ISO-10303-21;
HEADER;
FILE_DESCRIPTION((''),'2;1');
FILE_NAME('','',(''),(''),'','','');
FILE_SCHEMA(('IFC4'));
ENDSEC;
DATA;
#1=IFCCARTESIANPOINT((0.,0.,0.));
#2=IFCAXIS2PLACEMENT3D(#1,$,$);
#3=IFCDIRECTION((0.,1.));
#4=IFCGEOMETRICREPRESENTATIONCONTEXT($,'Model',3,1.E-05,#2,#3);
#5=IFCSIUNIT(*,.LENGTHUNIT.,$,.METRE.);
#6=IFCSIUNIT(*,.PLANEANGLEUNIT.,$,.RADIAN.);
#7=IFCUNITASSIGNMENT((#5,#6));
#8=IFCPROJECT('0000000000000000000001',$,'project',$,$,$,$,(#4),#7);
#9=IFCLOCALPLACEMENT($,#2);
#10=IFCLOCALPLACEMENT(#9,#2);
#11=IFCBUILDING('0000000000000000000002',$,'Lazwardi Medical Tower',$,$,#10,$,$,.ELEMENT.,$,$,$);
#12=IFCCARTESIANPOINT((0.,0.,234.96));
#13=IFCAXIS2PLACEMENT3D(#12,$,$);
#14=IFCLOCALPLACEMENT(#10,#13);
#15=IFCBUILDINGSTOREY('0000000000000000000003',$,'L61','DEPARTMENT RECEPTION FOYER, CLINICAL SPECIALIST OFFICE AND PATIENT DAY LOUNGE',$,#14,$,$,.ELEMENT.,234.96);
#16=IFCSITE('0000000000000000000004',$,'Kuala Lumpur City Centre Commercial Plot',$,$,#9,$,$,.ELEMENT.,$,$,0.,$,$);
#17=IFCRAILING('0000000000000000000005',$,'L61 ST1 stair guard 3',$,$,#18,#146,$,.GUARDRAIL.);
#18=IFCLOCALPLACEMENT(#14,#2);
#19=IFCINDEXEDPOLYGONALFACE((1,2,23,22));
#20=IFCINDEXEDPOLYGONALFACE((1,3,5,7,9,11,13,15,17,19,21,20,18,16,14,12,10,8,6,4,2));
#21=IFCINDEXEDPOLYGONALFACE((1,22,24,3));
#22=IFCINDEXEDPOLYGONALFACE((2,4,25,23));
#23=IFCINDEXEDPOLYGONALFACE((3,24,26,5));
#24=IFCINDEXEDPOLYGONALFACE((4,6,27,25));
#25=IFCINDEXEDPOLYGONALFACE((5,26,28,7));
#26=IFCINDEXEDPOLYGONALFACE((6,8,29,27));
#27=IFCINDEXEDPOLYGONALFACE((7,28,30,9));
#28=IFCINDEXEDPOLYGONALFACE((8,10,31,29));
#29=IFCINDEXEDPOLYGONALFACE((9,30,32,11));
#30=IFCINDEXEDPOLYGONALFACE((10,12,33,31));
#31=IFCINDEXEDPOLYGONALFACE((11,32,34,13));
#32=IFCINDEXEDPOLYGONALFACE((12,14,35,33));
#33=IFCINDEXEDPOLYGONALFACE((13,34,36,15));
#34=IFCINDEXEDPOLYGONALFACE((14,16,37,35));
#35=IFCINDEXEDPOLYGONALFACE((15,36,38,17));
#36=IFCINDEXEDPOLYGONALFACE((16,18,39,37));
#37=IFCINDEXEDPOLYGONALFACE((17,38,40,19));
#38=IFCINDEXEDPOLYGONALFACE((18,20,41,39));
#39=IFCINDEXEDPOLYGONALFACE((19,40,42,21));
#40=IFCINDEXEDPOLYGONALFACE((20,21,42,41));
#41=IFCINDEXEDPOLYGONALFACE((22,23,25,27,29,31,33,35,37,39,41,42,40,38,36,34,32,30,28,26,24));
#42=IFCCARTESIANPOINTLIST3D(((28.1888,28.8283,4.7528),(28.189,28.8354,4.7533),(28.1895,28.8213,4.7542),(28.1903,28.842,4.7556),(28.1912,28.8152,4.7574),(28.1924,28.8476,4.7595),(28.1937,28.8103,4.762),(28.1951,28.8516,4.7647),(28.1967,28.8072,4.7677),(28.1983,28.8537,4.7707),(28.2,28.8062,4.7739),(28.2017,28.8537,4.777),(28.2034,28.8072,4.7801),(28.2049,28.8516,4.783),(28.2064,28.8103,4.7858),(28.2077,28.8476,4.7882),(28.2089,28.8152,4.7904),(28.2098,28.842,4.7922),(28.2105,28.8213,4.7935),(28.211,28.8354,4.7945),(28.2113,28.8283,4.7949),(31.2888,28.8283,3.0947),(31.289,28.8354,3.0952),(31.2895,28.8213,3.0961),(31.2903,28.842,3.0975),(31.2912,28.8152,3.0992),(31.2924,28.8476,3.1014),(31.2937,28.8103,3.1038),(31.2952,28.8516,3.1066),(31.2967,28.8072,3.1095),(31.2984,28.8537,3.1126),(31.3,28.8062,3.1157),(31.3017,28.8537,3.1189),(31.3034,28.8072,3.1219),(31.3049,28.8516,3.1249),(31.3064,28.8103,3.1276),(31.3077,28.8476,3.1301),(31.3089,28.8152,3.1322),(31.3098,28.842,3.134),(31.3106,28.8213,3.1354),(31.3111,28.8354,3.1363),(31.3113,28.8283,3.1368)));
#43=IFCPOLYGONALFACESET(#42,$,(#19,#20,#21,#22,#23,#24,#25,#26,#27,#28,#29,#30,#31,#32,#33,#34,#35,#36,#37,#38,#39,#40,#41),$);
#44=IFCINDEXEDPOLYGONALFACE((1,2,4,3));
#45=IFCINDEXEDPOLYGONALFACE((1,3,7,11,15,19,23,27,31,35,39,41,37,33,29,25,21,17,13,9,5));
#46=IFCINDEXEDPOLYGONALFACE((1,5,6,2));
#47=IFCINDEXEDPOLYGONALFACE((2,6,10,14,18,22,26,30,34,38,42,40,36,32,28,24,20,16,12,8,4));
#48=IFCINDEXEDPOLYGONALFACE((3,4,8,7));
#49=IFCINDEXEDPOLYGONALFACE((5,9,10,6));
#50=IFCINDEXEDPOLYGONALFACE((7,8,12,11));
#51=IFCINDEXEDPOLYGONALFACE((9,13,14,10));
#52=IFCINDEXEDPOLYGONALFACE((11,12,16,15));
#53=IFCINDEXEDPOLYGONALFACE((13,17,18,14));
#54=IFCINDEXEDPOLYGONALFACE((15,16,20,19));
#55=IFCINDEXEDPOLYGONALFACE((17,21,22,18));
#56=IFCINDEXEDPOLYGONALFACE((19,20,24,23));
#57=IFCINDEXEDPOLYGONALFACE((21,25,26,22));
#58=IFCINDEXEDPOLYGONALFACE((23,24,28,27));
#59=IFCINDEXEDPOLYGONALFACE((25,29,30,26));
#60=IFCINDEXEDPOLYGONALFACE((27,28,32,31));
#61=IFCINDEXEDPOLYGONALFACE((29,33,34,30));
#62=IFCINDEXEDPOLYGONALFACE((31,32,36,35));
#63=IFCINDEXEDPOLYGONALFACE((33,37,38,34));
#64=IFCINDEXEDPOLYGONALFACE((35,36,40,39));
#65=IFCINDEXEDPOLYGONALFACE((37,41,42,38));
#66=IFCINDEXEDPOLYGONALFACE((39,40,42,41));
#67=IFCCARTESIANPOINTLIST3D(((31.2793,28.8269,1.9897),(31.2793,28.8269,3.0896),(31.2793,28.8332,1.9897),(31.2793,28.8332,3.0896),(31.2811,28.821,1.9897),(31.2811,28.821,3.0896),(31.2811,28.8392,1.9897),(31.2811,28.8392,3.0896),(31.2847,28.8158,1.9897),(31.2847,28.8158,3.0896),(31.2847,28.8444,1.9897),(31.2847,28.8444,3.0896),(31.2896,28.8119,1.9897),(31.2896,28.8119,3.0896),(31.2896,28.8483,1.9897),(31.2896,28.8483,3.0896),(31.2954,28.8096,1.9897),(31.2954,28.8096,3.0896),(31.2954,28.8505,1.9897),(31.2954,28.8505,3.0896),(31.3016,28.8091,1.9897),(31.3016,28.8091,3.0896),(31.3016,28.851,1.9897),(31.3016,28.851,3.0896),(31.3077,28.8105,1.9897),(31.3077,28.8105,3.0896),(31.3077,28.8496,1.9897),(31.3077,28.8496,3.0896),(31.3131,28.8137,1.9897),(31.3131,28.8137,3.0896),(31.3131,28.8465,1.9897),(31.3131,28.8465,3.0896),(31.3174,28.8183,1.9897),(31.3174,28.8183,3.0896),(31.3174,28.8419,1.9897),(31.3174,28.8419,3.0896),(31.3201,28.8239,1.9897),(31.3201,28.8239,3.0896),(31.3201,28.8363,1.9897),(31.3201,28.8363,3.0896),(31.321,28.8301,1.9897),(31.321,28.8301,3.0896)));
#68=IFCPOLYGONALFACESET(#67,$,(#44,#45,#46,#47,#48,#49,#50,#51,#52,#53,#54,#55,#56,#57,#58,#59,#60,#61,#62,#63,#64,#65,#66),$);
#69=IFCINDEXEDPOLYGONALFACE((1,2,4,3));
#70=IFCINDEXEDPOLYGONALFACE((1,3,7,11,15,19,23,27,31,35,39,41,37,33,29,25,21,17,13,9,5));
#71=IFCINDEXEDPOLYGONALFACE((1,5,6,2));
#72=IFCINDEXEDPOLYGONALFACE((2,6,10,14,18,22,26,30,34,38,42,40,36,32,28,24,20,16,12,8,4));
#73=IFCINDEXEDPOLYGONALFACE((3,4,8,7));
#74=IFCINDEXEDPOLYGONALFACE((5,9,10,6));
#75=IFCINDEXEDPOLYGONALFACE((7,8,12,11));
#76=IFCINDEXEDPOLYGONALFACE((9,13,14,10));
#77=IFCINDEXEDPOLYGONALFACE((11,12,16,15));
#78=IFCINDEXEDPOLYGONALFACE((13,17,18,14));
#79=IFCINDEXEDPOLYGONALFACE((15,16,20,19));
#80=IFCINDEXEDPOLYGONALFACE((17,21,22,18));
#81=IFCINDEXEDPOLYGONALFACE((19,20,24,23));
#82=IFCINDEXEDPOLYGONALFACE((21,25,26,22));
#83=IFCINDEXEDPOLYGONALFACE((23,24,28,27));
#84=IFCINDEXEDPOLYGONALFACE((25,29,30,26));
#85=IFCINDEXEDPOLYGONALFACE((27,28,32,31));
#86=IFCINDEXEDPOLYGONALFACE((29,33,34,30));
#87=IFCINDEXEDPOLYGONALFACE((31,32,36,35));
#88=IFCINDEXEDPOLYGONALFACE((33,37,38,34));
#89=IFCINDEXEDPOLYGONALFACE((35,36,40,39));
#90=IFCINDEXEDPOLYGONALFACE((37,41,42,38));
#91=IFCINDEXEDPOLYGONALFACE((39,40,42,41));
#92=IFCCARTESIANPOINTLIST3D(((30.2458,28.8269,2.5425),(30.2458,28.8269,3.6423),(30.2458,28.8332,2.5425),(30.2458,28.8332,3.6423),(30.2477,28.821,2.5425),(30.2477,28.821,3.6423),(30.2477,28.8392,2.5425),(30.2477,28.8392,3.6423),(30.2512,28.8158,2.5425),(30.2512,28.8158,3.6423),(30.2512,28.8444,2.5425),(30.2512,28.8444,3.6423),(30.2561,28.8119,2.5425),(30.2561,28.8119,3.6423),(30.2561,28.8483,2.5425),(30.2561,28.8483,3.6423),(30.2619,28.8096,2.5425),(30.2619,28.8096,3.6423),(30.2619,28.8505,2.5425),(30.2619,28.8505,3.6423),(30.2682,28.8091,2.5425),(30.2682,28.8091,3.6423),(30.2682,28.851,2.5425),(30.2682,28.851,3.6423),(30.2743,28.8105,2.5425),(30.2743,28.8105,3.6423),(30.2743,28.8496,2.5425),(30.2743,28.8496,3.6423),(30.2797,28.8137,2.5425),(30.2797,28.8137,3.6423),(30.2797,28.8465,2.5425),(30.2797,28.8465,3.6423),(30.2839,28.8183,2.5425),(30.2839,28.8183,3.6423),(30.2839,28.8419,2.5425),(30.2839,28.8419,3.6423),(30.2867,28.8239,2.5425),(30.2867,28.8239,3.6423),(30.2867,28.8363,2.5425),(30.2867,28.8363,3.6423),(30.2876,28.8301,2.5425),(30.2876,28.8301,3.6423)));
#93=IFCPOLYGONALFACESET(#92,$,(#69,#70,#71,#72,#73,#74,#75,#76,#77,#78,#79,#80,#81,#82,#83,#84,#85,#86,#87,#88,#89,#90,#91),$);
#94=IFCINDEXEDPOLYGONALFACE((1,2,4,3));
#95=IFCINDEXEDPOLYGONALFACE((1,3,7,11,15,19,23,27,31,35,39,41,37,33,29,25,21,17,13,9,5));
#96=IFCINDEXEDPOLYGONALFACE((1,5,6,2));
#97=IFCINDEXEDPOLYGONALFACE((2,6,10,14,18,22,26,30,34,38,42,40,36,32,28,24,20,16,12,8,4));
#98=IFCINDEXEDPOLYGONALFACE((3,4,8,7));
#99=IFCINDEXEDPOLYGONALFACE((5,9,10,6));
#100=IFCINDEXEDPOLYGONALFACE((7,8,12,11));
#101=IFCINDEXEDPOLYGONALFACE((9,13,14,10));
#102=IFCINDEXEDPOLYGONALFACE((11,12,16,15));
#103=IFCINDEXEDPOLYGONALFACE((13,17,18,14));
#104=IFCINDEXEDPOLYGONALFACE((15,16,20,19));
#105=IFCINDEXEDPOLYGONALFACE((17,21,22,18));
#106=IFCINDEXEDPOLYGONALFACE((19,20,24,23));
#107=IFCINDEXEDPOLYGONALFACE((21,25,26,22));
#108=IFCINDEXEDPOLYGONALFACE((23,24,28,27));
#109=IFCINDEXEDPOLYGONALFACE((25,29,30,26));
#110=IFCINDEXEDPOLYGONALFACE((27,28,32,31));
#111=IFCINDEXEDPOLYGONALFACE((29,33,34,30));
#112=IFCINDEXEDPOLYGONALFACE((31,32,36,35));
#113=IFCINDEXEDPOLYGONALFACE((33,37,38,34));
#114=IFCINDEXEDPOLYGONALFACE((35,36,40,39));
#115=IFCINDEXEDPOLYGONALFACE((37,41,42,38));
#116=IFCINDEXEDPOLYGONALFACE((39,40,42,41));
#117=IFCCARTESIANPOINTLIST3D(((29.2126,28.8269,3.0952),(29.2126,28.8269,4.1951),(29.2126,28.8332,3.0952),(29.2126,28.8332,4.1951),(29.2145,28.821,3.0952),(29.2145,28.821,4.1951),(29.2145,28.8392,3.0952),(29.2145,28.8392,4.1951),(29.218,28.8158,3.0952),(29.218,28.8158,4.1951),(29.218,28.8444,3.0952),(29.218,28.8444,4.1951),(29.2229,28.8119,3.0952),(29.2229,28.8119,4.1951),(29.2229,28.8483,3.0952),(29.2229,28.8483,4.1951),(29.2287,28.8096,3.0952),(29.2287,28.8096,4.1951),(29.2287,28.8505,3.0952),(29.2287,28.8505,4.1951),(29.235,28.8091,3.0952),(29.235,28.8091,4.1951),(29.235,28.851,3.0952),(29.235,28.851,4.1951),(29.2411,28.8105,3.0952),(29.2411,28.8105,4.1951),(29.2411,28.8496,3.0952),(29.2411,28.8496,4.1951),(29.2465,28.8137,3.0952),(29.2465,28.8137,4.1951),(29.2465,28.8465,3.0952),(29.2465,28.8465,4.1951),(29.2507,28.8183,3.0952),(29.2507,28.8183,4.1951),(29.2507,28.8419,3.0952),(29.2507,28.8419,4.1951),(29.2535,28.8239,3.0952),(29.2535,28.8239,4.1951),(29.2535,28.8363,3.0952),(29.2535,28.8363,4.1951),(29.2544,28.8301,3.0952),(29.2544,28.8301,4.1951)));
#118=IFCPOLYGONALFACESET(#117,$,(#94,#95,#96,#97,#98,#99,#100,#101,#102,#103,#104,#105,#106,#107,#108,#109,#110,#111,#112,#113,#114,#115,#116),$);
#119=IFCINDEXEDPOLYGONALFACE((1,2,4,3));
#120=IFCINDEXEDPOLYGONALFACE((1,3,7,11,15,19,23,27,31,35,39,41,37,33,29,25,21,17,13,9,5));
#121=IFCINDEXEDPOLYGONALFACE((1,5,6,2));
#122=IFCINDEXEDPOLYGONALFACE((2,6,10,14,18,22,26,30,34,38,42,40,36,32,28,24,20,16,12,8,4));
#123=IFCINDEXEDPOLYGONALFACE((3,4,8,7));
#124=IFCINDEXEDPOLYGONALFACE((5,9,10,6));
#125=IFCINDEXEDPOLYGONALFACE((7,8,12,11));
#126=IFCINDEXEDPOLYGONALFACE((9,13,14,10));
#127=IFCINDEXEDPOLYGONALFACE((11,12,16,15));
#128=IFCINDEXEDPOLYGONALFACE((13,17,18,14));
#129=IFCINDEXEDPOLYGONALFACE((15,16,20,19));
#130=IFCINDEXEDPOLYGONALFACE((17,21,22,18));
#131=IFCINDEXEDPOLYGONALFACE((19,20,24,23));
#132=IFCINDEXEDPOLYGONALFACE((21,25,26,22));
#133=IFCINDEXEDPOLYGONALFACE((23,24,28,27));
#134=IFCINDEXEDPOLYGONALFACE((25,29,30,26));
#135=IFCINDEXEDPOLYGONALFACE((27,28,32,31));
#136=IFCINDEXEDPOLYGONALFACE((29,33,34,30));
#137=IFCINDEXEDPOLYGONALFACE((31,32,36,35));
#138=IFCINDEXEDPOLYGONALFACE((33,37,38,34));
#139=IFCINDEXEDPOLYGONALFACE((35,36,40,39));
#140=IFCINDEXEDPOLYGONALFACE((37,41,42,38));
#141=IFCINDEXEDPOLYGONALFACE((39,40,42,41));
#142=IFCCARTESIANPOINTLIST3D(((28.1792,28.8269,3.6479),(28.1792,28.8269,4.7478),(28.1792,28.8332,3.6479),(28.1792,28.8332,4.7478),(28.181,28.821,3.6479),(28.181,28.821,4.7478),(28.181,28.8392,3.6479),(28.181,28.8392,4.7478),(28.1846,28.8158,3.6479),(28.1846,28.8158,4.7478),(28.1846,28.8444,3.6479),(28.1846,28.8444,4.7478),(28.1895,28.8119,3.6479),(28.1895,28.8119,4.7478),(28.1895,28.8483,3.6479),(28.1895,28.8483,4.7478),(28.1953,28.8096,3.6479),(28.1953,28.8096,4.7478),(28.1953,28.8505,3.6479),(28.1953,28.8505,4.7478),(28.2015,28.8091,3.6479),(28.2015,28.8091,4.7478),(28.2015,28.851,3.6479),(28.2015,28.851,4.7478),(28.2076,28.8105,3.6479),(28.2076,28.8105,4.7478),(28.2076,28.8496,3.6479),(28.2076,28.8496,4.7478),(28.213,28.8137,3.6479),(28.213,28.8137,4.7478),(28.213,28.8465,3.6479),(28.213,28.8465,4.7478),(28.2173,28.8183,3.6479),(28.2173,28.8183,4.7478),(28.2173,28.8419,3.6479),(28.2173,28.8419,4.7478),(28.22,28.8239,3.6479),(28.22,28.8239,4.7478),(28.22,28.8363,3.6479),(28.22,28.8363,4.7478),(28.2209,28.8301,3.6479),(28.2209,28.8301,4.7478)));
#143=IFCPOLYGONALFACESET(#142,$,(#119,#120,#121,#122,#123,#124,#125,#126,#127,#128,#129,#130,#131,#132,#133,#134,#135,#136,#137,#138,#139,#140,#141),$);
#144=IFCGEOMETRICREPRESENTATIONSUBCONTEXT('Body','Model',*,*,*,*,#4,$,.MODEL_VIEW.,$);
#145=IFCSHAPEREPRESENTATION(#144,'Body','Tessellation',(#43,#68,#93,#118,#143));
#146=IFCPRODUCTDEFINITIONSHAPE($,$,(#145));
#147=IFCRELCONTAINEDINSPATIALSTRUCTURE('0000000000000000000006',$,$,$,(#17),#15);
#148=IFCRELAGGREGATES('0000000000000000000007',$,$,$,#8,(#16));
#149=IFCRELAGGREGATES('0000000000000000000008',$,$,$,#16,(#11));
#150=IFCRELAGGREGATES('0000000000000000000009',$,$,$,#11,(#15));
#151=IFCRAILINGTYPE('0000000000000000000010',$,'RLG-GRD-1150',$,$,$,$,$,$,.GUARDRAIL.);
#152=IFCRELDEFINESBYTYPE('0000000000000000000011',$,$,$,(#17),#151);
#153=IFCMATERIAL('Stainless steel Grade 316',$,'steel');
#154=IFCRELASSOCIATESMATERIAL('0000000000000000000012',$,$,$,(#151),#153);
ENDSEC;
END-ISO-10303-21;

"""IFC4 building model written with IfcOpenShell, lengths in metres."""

from ifc_helpers import new_model, si_unit, direction, frame, origin, origin_2d, place, context, subcontext, project, spatial, circle, extrude, material, type_object, element, save


model = new_model("IFC4")

# Units and contexts
model_context = context("Model", 3, precision=1e-05, world=origin(), true_north=direction((0.0, 1.0)))
body_context = subcontext(model_context, "Body", "Model", "MODEL_VIEW")
ifc_project = project(units=[si_unit("LENGTHUNIT", "METRE"), si_unit("PLANEANGLEUNIT", "RADIAN")], contexts=[model_context])

# Site, building, storey
site_placement = place(None, origin())
site = spatial("IfcSite", under=ifc_project, at=site_placement, Name="Kuala Lumpur City Centre Commercial Plot", CompositionType="ELEMENT", RefElevation=0.0)
building_placement = place(site_placement, origin())
building = spatial("IfcBuilding", under=site, at=building_placement, Name="Lazwardi Medical Tower", CompositionType="ELEMENT")
storey_placement = place(building_placement, frame((0.0, 0.0, 234.96)))
storey = spatial("IfcBuildingStorey", under=building, at=storey_placement, Name="L61", Description="DEPARTMENT RECEPTION FOYER, CLINICAL SPECIALIST OFFICE AND PATIENT DAY LOUNGE", CompositionType="ELEMENT", Elevation=234.96)

# Railing
ifc_material_1 = material(Name="Stainless steel Grade 316", Category="steel")
railing_type_1 = type_object("IfcRailingType", Name="RLG-GRD-1150", PredefinedType="GUARDRAIL", material=ifc_material_1)
railing_1_placement = place(storey_placement, frame((31.3, 28.8301, 1.9897)))
element("IfcRailing", 1, at=railing_1_placement, inside=storey, type_object=railing_type_1, Name="L61 ST1 stair guard 3", PredefinedType="GUARDRAIL", context=body_context, shape_type="SweptSolid", body=[
    extrude(circle(Radius=0.0239, at=origin_2d()), frame((0.0, 0.0, 1.126), z_axis=(-0.881783, 0.0, 0.471655), x_axis=(0.0, -1.0, 0.0)), (0.0, 0.0, 1.0), 3.5156),
    extrude(circle(Radius=0.021, at=origin_2d()), origin(), (0.0, 0.0, 1.0), 1.0999),
    extrude(circle(Radius=0.021, at=origin_2d()), frame((-1.0334, 0.0, 0.5527)), (0.0, 0.0, 1.0), 1.0999),
    extrude(circle(Radius=0.021, at=origin_2d()), frame((-2.0667, 0.0, 1.1055)), (0.0, 0.0, 1.0), 1.0999),
    extrude(circle(Radius=0.021, at=origin_2d()), frame((-3.1001, 0.0, 1.6582)), (0.0, 0.0, 1.0), 1.0999),
])

save(model, "model.ifc")
